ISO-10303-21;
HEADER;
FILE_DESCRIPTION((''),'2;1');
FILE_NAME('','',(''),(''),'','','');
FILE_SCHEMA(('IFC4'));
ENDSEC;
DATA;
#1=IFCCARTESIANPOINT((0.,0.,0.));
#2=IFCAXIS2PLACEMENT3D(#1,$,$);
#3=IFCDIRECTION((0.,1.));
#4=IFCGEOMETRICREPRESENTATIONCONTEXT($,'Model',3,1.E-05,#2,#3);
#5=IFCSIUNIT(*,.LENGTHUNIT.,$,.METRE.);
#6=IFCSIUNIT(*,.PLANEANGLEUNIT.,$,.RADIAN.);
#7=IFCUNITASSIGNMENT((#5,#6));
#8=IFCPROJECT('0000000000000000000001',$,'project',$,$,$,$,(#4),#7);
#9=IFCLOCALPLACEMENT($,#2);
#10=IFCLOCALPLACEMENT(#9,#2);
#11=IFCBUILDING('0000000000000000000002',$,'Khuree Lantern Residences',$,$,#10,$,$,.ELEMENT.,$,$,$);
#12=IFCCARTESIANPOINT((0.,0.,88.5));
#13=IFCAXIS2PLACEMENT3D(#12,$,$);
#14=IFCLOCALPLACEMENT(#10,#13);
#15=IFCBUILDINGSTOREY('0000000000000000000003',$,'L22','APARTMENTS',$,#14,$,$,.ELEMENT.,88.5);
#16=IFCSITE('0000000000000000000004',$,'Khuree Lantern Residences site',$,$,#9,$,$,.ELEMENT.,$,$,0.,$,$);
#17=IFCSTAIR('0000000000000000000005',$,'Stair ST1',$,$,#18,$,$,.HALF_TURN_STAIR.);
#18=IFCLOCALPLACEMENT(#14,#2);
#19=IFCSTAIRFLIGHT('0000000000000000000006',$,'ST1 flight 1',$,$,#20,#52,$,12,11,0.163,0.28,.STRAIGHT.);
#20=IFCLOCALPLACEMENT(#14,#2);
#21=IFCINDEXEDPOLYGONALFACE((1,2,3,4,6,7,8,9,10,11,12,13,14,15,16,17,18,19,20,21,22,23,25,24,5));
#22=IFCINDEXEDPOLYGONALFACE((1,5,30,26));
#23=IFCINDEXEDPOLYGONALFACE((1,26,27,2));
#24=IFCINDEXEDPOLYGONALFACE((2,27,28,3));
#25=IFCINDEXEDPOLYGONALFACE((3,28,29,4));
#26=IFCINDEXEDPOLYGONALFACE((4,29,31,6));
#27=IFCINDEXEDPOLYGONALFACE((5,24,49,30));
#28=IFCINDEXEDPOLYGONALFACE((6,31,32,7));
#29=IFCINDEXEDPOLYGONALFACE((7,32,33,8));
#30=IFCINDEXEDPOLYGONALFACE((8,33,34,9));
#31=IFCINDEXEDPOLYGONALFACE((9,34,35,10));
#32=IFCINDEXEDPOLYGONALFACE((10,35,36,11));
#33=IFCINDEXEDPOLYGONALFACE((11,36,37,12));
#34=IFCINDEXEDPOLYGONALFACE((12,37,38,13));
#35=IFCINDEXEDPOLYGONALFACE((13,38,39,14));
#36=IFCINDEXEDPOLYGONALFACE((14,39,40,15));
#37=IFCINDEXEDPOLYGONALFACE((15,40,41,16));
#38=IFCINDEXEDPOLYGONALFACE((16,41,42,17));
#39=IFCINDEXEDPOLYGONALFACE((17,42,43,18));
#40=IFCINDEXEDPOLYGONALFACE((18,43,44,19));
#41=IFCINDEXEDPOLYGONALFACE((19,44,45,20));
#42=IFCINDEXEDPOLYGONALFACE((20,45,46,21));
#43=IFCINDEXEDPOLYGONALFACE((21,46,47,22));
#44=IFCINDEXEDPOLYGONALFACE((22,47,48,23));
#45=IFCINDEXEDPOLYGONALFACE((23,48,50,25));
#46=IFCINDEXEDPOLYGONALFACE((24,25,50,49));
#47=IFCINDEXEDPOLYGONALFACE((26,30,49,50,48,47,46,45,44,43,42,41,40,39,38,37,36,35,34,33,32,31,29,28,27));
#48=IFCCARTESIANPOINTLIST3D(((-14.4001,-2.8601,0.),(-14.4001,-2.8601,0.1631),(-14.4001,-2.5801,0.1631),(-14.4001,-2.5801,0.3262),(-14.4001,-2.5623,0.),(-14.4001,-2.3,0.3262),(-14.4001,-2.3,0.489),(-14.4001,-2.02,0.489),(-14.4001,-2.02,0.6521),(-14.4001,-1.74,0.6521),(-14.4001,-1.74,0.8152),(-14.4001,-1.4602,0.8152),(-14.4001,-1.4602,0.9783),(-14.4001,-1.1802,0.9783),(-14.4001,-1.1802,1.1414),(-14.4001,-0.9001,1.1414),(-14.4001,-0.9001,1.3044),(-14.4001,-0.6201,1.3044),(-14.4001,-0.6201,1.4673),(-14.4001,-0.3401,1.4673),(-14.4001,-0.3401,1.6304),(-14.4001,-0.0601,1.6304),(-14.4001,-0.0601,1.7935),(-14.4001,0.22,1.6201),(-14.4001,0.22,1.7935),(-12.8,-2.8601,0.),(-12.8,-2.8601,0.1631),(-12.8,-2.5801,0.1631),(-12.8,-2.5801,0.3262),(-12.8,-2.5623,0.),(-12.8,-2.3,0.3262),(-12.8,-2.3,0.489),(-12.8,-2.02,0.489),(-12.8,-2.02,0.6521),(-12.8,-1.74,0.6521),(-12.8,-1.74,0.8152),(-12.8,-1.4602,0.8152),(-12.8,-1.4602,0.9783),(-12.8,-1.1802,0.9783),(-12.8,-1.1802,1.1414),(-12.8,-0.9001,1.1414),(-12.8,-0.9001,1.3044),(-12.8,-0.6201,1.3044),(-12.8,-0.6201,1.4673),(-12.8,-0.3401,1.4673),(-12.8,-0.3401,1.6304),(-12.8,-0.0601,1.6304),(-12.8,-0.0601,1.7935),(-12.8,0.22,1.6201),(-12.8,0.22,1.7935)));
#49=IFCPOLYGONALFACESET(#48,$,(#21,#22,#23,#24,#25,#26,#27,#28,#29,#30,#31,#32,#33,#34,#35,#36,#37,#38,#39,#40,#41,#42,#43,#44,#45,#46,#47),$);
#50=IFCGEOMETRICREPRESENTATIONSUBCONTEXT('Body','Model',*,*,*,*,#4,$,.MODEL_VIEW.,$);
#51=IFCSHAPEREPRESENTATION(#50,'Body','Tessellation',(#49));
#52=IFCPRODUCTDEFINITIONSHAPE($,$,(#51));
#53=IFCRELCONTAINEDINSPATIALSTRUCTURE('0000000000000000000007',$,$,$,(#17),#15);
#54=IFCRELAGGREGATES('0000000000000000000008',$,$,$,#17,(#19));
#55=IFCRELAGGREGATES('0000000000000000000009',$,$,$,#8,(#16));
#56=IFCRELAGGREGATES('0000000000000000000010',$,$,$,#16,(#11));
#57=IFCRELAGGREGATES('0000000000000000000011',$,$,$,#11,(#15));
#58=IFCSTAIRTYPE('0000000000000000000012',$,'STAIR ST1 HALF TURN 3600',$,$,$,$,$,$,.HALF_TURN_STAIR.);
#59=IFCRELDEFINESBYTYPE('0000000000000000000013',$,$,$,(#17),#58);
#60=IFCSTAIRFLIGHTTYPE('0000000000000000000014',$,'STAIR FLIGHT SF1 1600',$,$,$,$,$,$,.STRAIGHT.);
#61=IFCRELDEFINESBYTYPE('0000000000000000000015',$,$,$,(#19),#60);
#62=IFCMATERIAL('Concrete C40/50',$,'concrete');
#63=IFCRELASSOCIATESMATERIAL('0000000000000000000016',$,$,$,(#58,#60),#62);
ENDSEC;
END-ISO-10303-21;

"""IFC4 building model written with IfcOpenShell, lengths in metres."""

from ifc_helpers import new_model, si_unit, direction, frame, origin, place, context, subcontext, project, spatial, polyline, outline, extrude, material, type_object, element, aggregate, save


model = new_model("IFC4")

# Units and contexts
model_context = context("Model", 3, precision=1e-05, world=origin(), true_north=direction((0.0, 1.0)))
body_context = subcontext(model_context, "Body", "Model", "MODEL_VIEW")
ifc_project = project(units=[si_unit("LENGTHUNIT", "METRE"), si_unit("PLANEANGLEUNIT", "RADIAN")], contexts=[model_context])

# Site, building, storey
site_placement = place(None, origin())
site = spatial("IfcSite", under=ifc_project, at=site_placement, Name="Khuree Lantern Residences site", CompositionType="ELEMENT", RefElevation=0.0)
building_placement = place(site_placement, origin())
building = spatial("IfcBuilding", under=site, at=building_placement, Name="Khuree Lantern Residences", CompositionType="ELEMENT")
storey_placement = place(building_placement, frame((0.0, 0.0, 88.5)))
storey = spatial("IfcBuildingStorey", under=building, at=storey_placement, Name="L22", Description="APARTMENTS", CompositionType="ELEMENT", Elevation=88.5)

# Stair, stair flight
ifc_material_1 = material(Name="Concrete C40/50", Category="concrete")
stair_type = type_object("IfcStairType", Name="STAIR ST1 HALF TURN 3600", PredefinedType="HALF_TURN_STAIR", material=ifc_material_1)
stair_placement = place(storey_placement, origin())
stair = element("IfcStair", 1, at=stair_placement, inside=storey, type_object=stair_type, Name="Stair ST1", PredefinedType="HALF_TURN_STAIR")
stair_flight_type = type_object("IfcStairFlightType", Name="STAIR FLIGHT SF1 1600", PredefinedType="STRAIGHT", material=ifc_material_1)
stair_flight_placement = place(storey_placement, frame((-13.6001, -2.8601, 0.0), z_axis=(0.0, 0.0, 1.0), x_axis=(0.0, 1.0, 0.0)))
stair_flight = element("IfcStairFlight", 2, at=stair_flight_placement, type_object=stair_flight_type, Name="ST1 flight 1", NumberOfRisers=12, NumberOfTreads=11, PredefinedType="STRAIGHT", RiserHeight=0.163, TreadLength=0.28, context=body_context, shape_type="SweptSolid", body=[
    extrude(outline(polyline([(0.0, 0.0), (0.0, 0.1631), (0.28, 0.1631), (0.28, 0.3262), (0.5601, 0.3262), (0.5601, 0.489), (0.8401, 0.489), (0.8401, 0.6521), (1.1201, 0.6521), (1.1201, 0.8152), (1.3999, 0.8152), (1.3999, 0.9783), (1.6799, 0.9783), (1.6799, 1.1414), (1.96, 1.1414), (1.96, 1.3044), (2.24, 1.3044), (2.24, 1.4673), (2.52, 1.4673), (2.52, 1.6304), (2.8, 1.6304), (2.8, 1.7935), (3.0801, 1.7935), (3.0801, 1.9565), (3.0801, 1.6201), (0.2979, 0.0), (0.0, 0.0)])), frame((0.0, 0.8, 0.0), z_axis=(0.0, -1.0, 0.0), x_axis=(1.0, 0.0, 0.0)), (0.0, 0.0, 1.0), 1.6001),
])
aggregate(stair, [stair_flight])

save(model, "model.ifc")
